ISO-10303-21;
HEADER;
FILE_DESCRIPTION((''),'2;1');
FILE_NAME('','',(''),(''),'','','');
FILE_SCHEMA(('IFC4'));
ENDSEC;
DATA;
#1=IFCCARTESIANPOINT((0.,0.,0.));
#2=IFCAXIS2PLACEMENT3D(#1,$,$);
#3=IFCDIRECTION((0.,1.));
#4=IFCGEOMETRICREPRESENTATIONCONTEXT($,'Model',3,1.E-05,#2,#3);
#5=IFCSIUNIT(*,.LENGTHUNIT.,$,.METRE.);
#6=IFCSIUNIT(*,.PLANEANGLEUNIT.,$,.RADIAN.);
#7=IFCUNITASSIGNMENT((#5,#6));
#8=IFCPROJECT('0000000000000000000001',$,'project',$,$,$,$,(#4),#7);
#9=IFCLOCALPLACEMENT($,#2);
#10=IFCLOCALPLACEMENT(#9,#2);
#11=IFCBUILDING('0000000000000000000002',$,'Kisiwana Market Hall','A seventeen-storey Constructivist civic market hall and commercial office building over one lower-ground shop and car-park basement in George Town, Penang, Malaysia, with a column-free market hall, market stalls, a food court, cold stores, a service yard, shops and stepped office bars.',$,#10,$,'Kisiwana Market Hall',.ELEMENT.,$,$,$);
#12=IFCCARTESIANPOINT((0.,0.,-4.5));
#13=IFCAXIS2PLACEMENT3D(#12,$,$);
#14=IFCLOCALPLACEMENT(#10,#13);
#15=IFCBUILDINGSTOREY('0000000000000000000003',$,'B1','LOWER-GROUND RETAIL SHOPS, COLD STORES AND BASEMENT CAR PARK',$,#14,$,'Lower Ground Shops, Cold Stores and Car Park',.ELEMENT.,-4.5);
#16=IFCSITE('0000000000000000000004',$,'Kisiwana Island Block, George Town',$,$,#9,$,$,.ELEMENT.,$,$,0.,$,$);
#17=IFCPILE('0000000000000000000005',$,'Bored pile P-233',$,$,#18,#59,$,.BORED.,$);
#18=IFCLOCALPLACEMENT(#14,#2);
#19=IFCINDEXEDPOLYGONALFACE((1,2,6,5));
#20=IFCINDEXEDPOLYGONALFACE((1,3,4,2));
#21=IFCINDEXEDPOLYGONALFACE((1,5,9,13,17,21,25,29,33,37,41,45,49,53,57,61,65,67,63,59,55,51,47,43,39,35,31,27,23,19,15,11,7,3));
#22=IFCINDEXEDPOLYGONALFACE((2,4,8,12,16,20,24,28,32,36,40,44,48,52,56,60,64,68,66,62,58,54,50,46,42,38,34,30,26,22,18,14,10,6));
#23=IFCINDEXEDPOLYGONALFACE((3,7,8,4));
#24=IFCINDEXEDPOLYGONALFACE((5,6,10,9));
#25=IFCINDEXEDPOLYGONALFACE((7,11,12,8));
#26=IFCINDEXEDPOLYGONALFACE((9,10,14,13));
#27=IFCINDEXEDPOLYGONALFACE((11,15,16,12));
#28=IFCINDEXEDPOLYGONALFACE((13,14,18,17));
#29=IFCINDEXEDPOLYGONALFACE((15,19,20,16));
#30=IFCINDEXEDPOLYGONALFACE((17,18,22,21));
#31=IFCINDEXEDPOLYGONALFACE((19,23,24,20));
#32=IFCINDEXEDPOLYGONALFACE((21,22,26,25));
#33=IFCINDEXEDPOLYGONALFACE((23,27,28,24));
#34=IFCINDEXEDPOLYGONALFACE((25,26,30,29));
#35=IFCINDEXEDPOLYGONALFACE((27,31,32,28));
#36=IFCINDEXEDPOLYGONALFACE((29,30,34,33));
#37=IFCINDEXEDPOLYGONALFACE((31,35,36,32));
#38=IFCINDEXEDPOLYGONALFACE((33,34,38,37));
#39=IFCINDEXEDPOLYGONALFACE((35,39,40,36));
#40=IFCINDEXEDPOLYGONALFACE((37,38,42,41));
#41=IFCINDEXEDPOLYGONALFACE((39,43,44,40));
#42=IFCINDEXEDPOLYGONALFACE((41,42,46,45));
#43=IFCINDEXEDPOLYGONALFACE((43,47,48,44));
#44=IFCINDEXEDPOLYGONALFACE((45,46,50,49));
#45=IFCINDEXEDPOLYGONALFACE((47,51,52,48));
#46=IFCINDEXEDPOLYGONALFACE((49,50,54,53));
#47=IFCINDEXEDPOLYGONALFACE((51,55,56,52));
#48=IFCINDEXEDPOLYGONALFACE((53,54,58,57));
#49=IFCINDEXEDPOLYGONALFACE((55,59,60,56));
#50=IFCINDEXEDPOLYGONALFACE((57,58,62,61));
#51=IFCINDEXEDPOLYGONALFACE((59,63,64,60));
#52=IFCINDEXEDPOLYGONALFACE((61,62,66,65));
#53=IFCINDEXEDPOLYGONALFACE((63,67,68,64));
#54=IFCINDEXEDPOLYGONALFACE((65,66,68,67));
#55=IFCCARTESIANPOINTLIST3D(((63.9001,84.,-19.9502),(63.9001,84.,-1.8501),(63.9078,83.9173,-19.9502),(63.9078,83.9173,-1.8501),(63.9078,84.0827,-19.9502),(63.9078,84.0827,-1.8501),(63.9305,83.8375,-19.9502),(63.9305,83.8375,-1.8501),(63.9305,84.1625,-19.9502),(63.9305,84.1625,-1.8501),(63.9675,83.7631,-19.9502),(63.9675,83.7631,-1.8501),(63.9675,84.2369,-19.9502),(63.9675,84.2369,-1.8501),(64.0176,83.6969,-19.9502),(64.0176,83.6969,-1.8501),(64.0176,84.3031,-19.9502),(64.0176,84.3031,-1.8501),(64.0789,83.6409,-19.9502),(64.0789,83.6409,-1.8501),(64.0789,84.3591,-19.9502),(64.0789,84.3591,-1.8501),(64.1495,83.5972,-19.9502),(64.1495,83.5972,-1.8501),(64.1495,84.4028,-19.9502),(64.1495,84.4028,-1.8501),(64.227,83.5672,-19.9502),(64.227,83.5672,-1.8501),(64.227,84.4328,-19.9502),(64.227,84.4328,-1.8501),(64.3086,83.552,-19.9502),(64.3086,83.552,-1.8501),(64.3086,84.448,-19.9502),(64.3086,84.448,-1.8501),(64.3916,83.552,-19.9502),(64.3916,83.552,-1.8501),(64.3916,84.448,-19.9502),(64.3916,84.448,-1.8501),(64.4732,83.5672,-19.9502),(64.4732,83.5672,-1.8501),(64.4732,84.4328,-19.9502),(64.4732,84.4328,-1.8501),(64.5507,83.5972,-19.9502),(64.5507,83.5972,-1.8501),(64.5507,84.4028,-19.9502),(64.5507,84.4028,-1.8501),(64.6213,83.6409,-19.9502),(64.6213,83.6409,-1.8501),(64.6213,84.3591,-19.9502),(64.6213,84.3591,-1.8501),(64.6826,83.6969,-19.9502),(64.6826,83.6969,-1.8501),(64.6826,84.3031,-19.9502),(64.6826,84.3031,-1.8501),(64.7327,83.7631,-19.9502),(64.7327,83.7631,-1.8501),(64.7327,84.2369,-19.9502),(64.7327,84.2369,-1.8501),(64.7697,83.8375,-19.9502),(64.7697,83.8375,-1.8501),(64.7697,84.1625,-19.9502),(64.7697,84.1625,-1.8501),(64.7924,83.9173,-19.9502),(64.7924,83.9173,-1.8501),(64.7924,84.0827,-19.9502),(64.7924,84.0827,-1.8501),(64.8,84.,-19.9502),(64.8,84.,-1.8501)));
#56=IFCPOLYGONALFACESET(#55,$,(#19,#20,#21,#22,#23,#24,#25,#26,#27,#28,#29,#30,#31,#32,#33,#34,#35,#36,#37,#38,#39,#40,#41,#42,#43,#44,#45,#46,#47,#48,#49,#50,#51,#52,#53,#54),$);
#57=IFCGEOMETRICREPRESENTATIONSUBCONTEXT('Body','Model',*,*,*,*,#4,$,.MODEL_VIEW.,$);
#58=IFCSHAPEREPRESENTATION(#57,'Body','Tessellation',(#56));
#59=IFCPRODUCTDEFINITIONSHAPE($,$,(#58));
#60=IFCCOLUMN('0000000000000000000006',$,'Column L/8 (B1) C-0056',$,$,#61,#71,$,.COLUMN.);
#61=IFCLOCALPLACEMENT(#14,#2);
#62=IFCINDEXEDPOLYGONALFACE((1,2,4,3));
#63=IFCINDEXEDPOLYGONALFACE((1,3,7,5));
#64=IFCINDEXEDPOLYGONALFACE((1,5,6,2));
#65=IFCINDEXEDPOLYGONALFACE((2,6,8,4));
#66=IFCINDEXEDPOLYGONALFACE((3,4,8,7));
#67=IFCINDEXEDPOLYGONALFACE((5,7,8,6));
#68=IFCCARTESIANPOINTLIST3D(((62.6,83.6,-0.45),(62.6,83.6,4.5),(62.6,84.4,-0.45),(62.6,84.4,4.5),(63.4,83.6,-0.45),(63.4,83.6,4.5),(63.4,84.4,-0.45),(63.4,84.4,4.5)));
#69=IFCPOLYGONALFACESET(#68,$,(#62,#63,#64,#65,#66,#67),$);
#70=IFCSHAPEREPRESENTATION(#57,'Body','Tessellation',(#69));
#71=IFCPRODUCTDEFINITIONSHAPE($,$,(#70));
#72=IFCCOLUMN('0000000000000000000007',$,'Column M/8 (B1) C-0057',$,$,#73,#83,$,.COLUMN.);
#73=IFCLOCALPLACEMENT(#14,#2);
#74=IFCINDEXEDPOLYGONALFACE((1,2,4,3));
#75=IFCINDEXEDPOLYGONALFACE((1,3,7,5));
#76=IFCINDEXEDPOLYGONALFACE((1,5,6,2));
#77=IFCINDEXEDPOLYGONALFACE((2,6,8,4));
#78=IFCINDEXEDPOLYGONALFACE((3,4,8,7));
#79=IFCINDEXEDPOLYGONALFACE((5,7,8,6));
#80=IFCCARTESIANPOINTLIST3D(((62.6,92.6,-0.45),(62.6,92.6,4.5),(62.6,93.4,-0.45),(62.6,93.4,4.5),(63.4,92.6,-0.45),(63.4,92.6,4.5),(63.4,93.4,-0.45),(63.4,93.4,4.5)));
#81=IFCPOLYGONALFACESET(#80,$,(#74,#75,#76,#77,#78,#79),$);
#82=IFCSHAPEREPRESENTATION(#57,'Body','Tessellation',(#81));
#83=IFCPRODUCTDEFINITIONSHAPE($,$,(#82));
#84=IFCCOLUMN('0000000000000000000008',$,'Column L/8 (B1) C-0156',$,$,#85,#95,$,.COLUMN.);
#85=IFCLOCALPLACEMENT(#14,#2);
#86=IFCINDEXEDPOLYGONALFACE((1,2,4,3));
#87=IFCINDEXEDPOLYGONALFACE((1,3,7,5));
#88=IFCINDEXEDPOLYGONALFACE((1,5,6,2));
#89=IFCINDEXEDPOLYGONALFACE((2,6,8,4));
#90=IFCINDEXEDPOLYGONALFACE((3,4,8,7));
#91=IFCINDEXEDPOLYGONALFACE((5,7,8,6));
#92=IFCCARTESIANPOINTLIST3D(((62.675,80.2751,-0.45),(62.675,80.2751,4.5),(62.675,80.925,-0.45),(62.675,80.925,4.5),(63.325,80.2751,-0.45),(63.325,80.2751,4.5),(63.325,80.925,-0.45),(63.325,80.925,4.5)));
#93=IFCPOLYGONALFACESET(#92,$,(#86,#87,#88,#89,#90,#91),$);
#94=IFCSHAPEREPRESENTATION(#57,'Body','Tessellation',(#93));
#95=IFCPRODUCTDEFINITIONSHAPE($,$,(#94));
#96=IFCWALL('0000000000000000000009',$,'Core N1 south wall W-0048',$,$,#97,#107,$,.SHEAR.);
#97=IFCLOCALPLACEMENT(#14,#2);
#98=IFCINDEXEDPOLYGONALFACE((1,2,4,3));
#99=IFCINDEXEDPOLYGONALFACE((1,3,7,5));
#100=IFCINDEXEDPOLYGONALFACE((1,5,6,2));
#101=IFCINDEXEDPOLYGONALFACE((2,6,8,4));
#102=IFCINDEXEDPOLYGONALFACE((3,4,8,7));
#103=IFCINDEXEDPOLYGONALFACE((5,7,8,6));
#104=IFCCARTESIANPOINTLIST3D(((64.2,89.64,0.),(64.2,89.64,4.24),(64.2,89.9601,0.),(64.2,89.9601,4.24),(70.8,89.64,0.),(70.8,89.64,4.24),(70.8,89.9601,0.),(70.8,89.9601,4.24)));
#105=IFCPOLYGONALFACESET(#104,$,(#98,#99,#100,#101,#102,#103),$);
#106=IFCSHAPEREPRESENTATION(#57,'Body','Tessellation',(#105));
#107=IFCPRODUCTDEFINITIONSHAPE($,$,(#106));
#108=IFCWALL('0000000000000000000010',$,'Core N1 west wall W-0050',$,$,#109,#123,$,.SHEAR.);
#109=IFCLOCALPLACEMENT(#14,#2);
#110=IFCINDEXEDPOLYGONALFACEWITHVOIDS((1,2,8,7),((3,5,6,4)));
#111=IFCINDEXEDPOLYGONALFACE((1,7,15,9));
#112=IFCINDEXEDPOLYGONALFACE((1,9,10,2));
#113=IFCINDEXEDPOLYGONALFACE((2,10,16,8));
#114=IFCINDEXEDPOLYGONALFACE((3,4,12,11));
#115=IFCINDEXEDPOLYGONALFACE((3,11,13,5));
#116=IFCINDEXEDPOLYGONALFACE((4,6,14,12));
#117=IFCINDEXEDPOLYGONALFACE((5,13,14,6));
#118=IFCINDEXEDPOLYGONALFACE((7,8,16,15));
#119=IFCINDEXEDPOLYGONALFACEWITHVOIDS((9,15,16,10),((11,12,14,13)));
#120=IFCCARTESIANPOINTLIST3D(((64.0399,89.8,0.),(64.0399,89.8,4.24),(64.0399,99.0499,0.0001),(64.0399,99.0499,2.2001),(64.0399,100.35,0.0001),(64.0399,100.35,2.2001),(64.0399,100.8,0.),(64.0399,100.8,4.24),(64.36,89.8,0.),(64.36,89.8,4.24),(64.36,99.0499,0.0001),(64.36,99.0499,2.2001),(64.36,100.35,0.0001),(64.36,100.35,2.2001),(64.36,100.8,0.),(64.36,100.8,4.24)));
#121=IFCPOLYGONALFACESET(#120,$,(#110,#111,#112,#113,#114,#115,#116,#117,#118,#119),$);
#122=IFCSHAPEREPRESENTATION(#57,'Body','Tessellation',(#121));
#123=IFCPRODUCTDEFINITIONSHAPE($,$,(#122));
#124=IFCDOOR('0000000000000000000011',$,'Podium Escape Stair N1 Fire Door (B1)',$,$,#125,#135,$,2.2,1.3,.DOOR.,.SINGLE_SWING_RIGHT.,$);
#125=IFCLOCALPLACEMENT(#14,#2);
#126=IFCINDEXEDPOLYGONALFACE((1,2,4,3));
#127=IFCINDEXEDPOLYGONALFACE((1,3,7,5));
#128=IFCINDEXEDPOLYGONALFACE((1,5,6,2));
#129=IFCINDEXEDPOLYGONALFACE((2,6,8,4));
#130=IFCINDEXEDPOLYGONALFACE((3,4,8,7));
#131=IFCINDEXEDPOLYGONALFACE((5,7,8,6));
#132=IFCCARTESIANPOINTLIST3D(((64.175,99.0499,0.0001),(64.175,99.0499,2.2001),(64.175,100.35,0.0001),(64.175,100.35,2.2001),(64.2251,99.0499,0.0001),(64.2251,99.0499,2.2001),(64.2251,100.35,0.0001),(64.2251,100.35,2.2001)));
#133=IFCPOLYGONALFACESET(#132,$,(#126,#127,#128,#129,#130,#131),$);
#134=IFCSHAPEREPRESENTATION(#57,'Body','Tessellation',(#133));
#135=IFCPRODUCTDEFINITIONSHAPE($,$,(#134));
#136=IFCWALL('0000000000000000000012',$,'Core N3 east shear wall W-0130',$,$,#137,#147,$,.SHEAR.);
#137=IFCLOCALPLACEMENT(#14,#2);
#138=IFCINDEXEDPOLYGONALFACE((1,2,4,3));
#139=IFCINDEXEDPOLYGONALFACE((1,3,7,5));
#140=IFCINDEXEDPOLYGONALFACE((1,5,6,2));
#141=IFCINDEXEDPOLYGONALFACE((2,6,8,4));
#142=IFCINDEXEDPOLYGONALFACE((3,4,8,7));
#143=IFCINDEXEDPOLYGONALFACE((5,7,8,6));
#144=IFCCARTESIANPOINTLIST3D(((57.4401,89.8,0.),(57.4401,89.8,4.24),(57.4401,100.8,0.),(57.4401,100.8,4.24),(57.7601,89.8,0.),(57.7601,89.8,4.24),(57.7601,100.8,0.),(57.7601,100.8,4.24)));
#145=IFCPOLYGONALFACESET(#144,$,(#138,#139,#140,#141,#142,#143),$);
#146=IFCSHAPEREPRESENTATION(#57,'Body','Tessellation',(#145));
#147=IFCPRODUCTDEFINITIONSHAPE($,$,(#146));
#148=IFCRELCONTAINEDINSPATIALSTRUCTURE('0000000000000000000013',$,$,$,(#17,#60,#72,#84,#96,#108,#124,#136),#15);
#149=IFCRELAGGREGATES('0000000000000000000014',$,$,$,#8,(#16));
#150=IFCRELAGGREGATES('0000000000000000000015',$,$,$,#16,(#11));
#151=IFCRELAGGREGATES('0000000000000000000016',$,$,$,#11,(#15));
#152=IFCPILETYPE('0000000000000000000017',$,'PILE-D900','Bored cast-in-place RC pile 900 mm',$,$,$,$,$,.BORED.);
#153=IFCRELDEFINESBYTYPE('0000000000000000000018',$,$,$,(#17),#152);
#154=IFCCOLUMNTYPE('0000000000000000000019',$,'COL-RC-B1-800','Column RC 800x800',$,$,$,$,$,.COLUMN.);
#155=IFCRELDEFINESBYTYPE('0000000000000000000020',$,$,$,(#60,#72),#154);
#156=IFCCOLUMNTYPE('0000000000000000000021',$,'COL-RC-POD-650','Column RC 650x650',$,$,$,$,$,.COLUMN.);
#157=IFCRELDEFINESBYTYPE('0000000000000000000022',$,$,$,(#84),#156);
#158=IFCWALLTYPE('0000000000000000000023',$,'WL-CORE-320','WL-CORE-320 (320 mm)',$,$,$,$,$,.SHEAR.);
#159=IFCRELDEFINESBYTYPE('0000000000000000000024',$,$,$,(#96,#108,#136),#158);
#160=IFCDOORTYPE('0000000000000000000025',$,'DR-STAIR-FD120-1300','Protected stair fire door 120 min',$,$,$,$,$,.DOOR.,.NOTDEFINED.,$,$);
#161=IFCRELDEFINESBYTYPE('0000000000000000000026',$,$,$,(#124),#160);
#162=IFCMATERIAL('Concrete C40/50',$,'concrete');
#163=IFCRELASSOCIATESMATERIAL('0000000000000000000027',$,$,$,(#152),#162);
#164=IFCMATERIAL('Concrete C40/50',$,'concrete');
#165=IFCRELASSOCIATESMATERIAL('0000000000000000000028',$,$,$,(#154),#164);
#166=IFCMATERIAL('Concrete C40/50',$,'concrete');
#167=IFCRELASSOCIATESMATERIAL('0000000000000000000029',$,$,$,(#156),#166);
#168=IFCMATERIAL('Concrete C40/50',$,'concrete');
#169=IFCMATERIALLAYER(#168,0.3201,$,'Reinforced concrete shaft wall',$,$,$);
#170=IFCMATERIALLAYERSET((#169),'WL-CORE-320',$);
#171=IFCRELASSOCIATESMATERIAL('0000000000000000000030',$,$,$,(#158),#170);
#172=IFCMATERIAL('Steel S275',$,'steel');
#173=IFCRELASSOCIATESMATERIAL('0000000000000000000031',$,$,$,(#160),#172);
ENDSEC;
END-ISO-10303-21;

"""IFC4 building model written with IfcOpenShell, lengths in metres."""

from ifc_helpers import new_model, si_unit, direction, frame, frame_2d, origin, origin_2d, place, context, subcontext, project, spatial, rectangle, circle, extrude, material, layer, layer_set, material_profile, profile_set, type_object, element, fill, save


model = new_model("IFC4")

# Units and contexts
model_context = context("Model", 3, precision=1e-05, world=origin(), true_north=direction((0.0, 1.0)))
body_context = subcontext(model_context, "Body", "Model", "MODEL_VIEW")
ifc_project = project(units=[si_unit("LENGTHUNIT", "METRE"), si_unit("PLANEANGLEUNIT", "RADIAN")], contexts=[model_context])

# Site, building, storey
site_placement = place(None, origin())
site = spatial("IfcSite", under=ifc_project, at=site_placement, Name="Kisiwana Island Block, George Town", CompositionType="ELEMENT", RefElevation=0.0)
building_placement = place(site_placement, origin())
building = spatial("IfcBuilding", under=site, at=building_placement, Name="Kisiwana Market Hall", Description="A seventeen-storey Constructivist civic market hall and commercial office building over one lower-ground shop and car-park basement in George Town, Penang, Malaysia, with a column-free market hall, market stalls, a food court, cold stores, a service yard, shops and stepped office bars.", LongName="Kisiwana Market Hall", CompositionType="ELEMENT")
storey_placement = place(building_placement, frame((0.0, 0.0, -4.5)))
storey = spatial("IfcBuildingStorey", under=building, at=storey_placement, Name="B1", Description="LOWER-GROUND RETAIL SHOPS, COLD STORES AND BASEMENT CAR PARK", LongName="Lower Ground Shops, Cold Stores and Car Park", CompositionType="ELEMENT", Elevation=-4.5)

# Pile
ifc_material_1 = material(Name="Concrete C40/50", Category="concrete")
ifc_material_profile_1 = material_profile(ifc_material_1, circle(Radius=0.45, at=origin_2d()), Name="BP D900")
ifc_profile_set_1 = profile_set([ifc_material_profile_1], Name="Concrete C40/50")
pile_type_1 = type_object("IfcPileType", Name="PILE-D900", Description="Bored cast-in-place RC pile 900 mm", PredefinedType="BORED", material=ifc_profile_set_1)
for number, where, z_axis, x_axis, name in (
    (1, (64.3501, 84.0, -1.8501), (0.0, 0.0, -1.0), (1.0, 0.0, 0.0), "Bored pile P-233"),
):
    element("IfcPile", number, at=place(storey_placement, frame(where, z_axis=z_axis, x_axis=x_axis)), inside=storey, type_object=pile_type_1, Name=name, PredefinedType="BORED", context=body_context, shape_type="SweptSolid", body=[
        extrude(circle(Radius=0.45, at=origin_2d()), origin(), (0.0, 0.0, 1.0), 18.1001),
    ])

# Columns
ifc_material_2 = material(Name="Concrete C40/50", Category="concrete")
ifc_material_profile_2 = material_profile(ifc_material_2, rectangle(XDim=0.8, YDim=0.8, at=origin_2d()), Name="RC 800x800")
ifc_profile_set_2 = profile_set([ifc_material_profile_2], Name="Concrete C40/50")
column_type_1 = type_object("IfcColumnType", Name="COL-RC-B1-800", Description="Column RC 800x800", PredefinedType="COLUMN", material=ifc_profile_set_2)
for number, where, z_axis, x_axis, name in (
    (2, (63.0, 84.0, -0.45), (0.0, 0.0, 1.0), (1.0, 0.0, 0.0), "Column L/8 (B1) C-0056"),
    (3, (63.0, 93.0, -0.45), (0.0, 0.0, 1.0), (1.0, 0.0, 0.0), "Column M/8 (B1) C-0057"),
):
    element("IfcColumn", number, at=place(storey_placement, frame(where, z_axis=z_axis, x_axis=x_axis)), inside=storey, type_object=column_type_1, Name=name, PredefinedType="COLUMN", context=body_context, shape_type="SweptSolid", body=[
        extrude(rectangle(XDim=0.8, YDim=0.8, at=origin_2d()), origin(), (0.0, 0.0, 1.0), 4.95),
    ])
ifc_material_3 = material(Name="Concrete C40/50", Category="concrete")
ifc_material_profile_3 = material_profile(ifc_material_3, rectangle(XDim=0.6499, YDim=0.6499, at=origin_2d()), Name="RC 650x650")
ifc_profile_set_3 = profile_set([ifc_material_profile_3], Name="Concrete C40/50")
column_type_2 = type_object("IfcColumnType", Name="COL-RC-POD-650", Description="Column RC 650x650", PredefinedType="COLUMN", material=ifc_profile_set_3)
column_placement = place(storey_placement, frame((63.0, 80.6001, -0.45), z_axis=(0.0, 0.0, 1.0), x_axis=(1.0, 0.0, 0.0)))
element("IfcColumn", 4, at=column_placement, inside=storey, type_object=column_type_2, Name="Column L/8 (B1) C-0156", PredefinedType="COLUMN", context=body_context, shape_type="SweptSolid", body=[
    extrude(rectangle(XDim=0.6499, YDim=0.6499, at=origin_2d()), origin(), (0.0, 0.0, 1.0), 4.95),
])

# Wall
ifc_material_4 = material(Name="Concrete C40/50", Category="concrete")
ifc_layer_1 = layer(ifc_material_4, 0.3201, Name="Reinforced concrete shaft wall")
ifc_layer_set_1 = layer_set([ifc_layer_1], Name="WL-CORE-320")
wall_type = type_object("IfcWallType", Name="WL-CORE-320", Description="WL-CORE-320 (320 mm)", PredefinedType="SHEAR", material=ifc_layer_set_1)
wall_1_placement = place(storey_placement, frame((64.2, 89.8, 0.0), z_axis=(0.0, 0.0, 1.0), x_axis=(1.0, 0.0, 0.0)))
element("IfcWall", 5, at=wall_1_placement, inside=storey, type_object=wall_type, Name="Core N1 south wall W-0048", PredefinedType="SHEAR", context=body_context, shape_type="SweptSolid", body=[
    extrude(rectangle(XDim=6.6001, YDim=0.3201, at=frame_2d((3.3, 0.0))), origin(), (0.0, 0.0, 1.0), 4.24),
])

# Wall, opening, door
wall_2_placement = place(storey_placement, frame((64.2, 89.8, 0.0), z_axis=(0.0, 0.0, 1.0), x_axis=(0.0, 1.0, 0.0)))
wall_2 = element("IfcWall", 6, at=wall_2_placement, inside=storey, type_object=wall_type, Name="Core N1 west wall W-0050", PredefinedType="SHEAR", context=body_context, shape_type="SweptSolid", body=[
    extrude(rectangle(XDim=11.0, YDim=0.3201, at=frame_2d((5.5, 0.0))), origin(), (0.0, 0.0, 1.0), 4.24),
])
opening_placement = place(wall_2_placement, frame((9.25, 0.0, 0.0)))
opening = element("IfcOpeningElement", 7, at=opening_placement, cuts=wall_2, PredefinedType="OPENING", context=body_context, shape_type="SweptSolid", body=[
    extrude(rectangle(XDim=1.3, YDim=2.2, at=frame_2d((0.6499, 1.1001))), frame((0.0, 0.1719, 0.0), z_axis=(0.0, -1.0, 0.0), x_axis=(1.0, 0.0, 0.0)), (0.0, 0.0, 1.0), 0.344),
])
ifc_material_5 = material(Name="Steel S275", Category="steel")
door_type = type_object("IfcDoorType", Name="DR-STAIR-FD120-1300", Description="Protected stair fire door 120 min", OperationType="NOTDEFINED", PredefinedType="DOOR", material=ifc_material_5)
door_placement = place(opening_placement, origin())
door = element("IfcDoor", 8, at=door_placement, inside=storey, type_object=door_type, Name="Podium Escape Stair N1 Fire Door (B1)", OperationType="SINGLE_SWING_RIGHT", OverallHeight=2.2, OverallWidth=1.3, PredefinedType="DOOR", context=body_context, shape_type="SweptSolid", body=[
    extrude(rectangle(XDim=1.3, YDim=2.2, at=frame_2d((0.6499, 1.1001))), frame((0.0, 0.0249, 0.0), z_axis=(0.0, -1.0, 0.0), x_axis=(1.0, 0.0, 0.0)), (0.0, 0.0, 1.0), 0.05),
])
fill(opening, door)

# Wall
wall_3_placement = place(storey_placement, frame((57.6001, 89.8, 0.0), z_axis=(0.0, 0.0, 1.0), x_axis=(0.0, 1.0, 0.0)))
element("IfcWall", 9, at=wall_3_placement, inside=storey, type_object=wall_type, Name="Core N3 east shear wall W-0130", PredefinedType="SHEAR", context=body_context, shape_type="SweptSolid", body=[
    extrude(rectangle(XDim=11.0, YDim=0.3201, at=frame_2d((5.5, 0.0))), origin(), (0.0, 0.0, 1.0), 4.24),
])

save(model, "model.ifc")
